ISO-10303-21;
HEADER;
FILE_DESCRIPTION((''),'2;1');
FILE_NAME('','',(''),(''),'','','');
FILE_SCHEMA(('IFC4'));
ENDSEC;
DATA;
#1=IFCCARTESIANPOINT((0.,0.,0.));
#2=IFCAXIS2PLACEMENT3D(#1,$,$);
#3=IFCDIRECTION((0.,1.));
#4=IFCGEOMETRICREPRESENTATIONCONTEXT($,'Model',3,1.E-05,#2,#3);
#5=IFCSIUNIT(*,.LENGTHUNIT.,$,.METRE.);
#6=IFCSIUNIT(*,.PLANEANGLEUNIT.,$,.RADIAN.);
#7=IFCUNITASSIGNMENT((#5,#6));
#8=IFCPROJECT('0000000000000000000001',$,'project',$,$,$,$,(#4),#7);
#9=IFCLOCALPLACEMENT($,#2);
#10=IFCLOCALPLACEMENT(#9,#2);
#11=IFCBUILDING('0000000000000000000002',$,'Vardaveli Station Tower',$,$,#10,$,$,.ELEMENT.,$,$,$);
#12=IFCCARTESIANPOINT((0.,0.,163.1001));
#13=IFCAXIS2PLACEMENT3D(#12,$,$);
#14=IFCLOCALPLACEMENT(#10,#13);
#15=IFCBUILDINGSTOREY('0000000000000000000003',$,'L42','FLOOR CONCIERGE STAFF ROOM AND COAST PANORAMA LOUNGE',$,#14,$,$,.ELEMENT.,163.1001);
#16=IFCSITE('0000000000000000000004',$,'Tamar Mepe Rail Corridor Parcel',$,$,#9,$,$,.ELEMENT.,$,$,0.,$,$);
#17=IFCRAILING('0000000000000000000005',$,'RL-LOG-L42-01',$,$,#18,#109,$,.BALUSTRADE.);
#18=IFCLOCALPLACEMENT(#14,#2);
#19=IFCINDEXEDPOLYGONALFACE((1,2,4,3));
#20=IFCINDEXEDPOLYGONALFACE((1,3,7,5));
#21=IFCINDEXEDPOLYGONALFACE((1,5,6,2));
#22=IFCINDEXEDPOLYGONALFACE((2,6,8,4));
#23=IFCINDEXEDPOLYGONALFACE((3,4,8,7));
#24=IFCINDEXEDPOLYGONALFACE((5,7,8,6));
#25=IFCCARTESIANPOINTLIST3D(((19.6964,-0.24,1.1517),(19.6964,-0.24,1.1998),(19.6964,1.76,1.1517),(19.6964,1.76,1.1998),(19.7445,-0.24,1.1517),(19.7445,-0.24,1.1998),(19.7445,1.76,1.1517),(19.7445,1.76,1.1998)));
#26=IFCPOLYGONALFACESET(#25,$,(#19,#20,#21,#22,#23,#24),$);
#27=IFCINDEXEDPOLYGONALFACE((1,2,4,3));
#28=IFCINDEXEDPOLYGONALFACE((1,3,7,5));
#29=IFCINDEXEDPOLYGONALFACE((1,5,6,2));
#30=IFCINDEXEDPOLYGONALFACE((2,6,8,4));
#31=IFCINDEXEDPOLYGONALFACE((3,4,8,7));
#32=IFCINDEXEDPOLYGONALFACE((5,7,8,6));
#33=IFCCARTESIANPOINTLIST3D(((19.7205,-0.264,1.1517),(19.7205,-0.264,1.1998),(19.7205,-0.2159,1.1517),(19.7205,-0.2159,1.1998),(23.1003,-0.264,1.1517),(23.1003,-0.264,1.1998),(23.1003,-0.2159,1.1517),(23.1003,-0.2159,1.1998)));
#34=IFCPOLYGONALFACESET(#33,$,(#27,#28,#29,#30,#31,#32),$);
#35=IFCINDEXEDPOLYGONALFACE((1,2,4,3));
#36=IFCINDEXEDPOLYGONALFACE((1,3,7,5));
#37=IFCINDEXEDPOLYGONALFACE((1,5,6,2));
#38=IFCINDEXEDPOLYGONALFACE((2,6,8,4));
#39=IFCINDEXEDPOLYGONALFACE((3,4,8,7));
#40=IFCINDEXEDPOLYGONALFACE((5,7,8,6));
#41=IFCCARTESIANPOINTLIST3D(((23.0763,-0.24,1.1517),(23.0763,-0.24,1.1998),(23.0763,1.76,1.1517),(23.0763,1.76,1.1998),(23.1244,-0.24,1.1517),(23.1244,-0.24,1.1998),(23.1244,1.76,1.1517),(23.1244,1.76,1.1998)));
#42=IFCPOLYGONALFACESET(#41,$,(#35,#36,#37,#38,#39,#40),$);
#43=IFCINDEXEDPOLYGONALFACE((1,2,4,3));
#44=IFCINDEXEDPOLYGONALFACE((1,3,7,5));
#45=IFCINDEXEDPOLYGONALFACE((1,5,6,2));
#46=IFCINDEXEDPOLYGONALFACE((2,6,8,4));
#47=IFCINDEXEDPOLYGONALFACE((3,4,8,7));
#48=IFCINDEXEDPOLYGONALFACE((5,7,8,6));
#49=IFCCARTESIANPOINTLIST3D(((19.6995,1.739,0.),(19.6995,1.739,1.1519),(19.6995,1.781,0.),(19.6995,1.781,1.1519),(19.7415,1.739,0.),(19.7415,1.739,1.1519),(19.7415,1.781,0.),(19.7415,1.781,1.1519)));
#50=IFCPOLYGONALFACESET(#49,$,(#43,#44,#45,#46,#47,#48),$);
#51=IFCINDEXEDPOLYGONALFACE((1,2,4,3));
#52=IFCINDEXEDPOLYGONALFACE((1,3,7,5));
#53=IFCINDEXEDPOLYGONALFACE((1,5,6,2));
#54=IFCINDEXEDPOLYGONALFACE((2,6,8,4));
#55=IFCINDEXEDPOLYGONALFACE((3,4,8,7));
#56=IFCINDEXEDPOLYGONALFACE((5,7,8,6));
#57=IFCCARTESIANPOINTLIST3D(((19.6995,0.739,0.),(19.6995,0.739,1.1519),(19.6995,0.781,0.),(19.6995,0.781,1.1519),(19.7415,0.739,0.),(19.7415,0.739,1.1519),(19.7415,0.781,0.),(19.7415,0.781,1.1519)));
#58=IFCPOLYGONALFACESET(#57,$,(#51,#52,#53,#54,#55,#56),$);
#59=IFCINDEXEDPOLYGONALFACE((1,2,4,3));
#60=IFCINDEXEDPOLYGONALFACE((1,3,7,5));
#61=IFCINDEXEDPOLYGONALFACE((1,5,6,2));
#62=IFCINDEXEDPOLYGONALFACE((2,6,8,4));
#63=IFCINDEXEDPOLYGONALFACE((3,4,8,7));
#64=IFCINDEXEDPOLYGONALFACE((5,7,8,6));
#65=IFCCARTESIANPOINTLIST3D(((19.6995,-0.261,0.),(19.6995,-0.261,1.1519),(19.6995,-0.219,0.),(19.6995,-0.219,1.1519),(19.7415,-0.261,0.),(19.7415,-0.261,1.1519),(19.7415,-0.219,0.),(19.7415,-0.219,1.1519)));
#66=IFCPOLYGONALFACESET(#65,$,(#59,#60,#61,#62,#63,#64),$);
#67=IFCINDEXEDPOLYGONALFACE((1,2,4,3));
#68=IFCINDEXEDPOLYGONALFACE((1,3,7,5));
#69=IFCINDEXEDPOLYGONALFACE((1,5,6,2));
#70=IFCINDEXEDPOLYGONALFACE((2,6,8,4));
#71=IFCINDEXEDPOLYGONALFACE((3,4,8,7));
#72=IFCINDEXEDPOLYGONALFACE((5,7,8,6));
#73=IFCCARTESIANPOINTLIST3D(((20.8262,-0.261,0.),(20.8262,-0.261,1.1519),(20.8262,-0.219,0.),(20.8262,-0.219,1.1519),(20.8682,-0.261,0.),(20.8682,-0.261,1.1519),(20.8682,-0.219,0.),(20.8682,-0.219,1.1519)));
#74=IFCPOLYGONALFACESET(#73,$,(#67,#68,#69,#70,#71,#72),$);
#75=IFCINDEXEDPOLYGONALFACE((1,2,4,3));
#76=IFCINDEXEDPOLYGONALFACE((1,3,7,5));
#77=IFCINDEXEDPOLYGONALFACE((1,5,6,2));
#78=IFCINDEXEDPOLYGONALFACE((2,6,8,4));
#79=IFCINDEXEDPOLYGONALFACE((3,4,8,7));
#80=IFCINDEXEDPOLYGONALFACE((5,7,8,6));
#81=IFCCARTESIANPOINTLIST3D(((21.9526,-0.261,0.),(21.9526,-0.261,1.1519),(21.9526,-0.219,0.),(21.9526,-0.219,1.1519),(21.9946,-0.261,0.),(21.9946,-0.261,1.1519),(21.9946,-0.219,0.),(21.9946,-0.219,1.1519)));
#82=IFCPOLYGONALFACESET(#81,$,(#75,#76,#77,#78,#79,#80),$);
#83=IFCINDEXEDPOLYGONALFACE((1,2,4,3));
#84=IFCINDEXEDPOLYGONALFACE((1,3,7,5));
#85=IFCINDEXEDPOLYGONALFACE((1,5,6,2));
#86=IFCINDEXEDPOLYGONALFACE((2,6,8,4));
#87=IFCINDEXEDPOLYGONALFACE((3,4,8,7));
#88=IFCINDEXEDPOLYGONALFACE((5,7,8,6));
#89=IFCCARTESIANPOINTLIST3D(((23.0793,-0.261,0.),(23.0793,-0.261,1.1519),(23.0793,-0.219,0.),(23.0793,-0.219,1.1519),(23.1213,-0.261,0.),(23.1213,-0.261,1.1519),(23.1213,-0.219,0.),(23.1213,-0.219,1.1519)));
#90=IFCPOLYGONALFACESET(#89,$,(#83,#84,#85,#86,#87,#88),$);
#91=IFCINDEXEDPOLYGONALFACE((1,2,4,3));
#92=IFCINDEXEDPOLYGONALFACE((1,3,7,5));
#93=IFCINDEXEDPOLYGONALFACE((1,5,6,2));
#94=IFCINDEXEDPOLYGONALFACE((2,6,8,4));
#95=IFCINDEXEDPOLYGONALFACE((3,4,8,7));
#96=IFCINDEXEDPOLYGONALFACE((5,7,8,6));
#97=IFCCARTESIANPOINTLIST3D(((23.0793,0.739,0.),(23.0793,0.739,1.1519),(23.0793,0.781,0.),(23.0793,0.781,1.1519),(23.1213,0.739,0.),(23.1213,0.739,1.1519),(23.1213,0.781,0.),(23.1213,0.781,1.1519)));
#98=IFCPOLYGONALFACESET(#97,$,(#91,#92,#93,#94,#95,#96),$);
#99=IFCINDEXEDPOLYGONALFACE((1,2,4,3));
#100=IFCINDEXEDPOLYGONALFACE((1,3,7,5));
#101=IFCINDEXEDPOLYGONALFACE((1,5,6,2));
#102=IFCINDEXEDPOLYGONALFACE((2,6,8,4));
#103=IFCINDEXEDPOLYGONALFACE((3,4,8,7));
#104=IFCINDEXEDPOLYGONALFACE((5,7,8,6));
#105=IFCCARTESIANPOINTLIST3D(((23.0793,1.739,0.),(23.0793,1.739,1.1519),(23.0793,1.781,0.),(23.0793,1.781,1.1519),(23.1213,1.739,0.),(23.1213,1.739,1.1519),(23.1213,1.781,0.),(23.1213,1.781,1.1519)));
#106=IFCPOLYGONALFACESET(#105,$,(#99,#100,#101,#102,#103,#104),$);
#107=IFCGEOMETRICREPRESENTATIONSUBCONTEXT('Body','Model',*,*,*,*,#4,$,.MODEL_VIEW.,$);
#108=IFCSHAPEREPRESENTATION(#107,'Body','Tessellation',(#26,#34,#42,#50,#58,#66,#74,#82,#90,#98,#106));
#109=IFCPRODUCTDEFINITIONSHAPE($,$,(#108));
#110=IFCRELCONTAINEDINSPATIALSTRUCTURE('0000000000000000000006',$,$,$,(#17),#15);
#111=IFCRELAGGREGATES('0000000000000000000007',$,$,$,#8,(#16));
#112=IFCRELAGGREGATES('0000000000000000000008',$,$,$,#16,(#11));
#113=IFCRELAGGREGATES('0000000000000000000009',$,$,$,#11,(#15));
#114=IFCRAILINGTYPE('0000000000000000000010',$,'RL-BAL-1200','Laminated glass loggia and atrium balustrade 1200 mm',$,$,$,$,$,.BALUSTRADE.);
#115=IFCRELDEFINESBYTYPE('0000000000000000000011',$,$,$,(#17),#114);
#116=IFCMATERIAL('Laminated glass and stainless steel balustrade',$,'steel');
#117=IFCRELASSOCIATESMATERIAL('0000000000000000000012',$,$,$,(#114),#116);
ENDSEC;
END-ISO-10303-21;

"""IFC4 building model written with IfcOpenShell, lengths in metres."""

from ifc_helpers import new_model, si_unit, direction, frame, origin, origin_2d, place, context, subcontext, project, spatial, rectangle, extrude, source, transform, mapped, material, type_object, element, save


model = new_model("IFC4")

# Units and contexts
model_context = context("Model", 3, precision=1e-05, world=origin(), true_north=direction((0.0, 1.0)))
body_context = subcontext(model_context, "Body", "Model", "MODEL_VIEW")
ifc_project = project(units=[si_unit("LENGTHUNIT", "METRE"), si_unit("PLANEANGLEUNIT", "RADIAN")], contexts=[model_context])

# Site, building, storey
site_placement = place(None, origin())
site = spatial("IfcSite", under=ifc_project, at=site_placement, Name="Tamar Mepe Rail Corridor Parcel", CompositionType="ELEMENT", RefElevation=0.0)
building_placement = place(site_placement, origin())
building = spatial("IfcBuilding", under=site, at=building_placement, Name="Vardaveli Station Tower", CompositionType="ELEMENT")
storey_placement = place(building_placement, frame((0.0, 0.0, 163.1001)))
storey = spatial("IfcBuildingStorey", under=building, at=storey_placement, Name="L42", Description="FLOOR CONCIERGE STAFF ROOM AND COAST PANORAMA LOUNGE", CompositionType="ELEMENT", Elevation=163.1001)

# Railing
ifc_material_1 = material(Name="Laminated glass and stainless steel balustrade", Category="steel")
railing_type = type_object("IfcRailingType", Name="RL-BAL-1200", Description="Laminated glass loggia and atrium balustrade 1200 mm", PredefinedType="BALUSTRADE", material=ifc_material_1)
shared_shape_1 = source(origin(), body_context, "Body", "SweptSolid", [
    extrude(rectangle(XDim=0.0481, YDim=0.0481, at=origin_2d()), frame((0.0, 0.0, 1.1758), z_axis=(0.0, -1.0, 0.0), x_axis=(1.0, 0.0, 0.0)), (0.0, 0.0, 1.0), 2.0),
    extrude(rectangle(XDim=0.0481, YDim=0.0481, at=origin_2d()), frame((0.0, -2.0, 1.1758), z_axis=(1.0, 0.0, 0.0), x_axis=(0.0, 1.0, 0.0)), (0.0, 0.0, 1.0), 3.3799),
    extrude(rectangle(XDim=0.0481, YDim=0.0481, at=origin_2d()), frame((3.3799, -2.0, 1.1758), z_axis=(0.0, 1.0, 0.0), x_axis=(-1.0, 0.0, 0.0)), (0.0, 0.0, 1.0), 2.0),
    extrude(rectangle(XDim=0.042, YDim=0.042, at=origin_2d()), origin(), (0.0, 0.0, 1.0), 1.1519),
    extrude(rectangle(XDim=0.042, YDim=0.042, at=origin_2d()), frame((0.0, -1.0, 0.0)), (0.0, 0.0, 1.0), 1.1519),
    extrude(rectangle(XDim=0.042, YDim=0.042, at=origin_2d()), frame((0.0, -2.0, 0.0)), (0.0, 0.0, 1.0), 1.1519),
    extrude(rectangle(XDim=0.042, YDim=0.042, at=origin_2d()), frame((1.1267, -2.0, 0.0)), (0.0, 0.0, 1.0), 1.1519),
    extrude(rectangle(XDim=0.042, YDim=0.042, at=origin_2d()), frame((2.2532, -2.0, 0.0)), (0.0, 0.0, 1.0), 1.1519),
    extrude(rectangle(XDim=0.042, YDim=0.042, at=origin_2d()), frame((3.3799, -2.0, 0.0)), (0.0, 0.0, 1.0), 1.1519),
    extrude(rectangle(XDim=0.042, YDim=0.042, at=origin_2d()), frame((3.3799, -1.0, 0.0)), (0.0, 0.0, 1.0), 1.1519),
    extrude(rectangle(XDim=0.042, YDim=0.042, at=origin_2d()), frame((3.3799, 0.0, 0.0)), (0.0, 0.0, 1.0), 1.1519),
])
railing_placement = place(storey_placement, frame((19.7205, 1.76, 0.0)))
element("IfcRailing", 1, at=railing_placement, inside=storey, type_object=railing_type, Name="RL-LOG-L42-01", PredefinedType="BALUSTRADE", context=body_context, shape_type="MappedRepresentation", body=[
    mapped(shared_shape_1, transform((0.0, 0.0, 0.0), scale=1.0)),
])

save(model, "model.ifc")
